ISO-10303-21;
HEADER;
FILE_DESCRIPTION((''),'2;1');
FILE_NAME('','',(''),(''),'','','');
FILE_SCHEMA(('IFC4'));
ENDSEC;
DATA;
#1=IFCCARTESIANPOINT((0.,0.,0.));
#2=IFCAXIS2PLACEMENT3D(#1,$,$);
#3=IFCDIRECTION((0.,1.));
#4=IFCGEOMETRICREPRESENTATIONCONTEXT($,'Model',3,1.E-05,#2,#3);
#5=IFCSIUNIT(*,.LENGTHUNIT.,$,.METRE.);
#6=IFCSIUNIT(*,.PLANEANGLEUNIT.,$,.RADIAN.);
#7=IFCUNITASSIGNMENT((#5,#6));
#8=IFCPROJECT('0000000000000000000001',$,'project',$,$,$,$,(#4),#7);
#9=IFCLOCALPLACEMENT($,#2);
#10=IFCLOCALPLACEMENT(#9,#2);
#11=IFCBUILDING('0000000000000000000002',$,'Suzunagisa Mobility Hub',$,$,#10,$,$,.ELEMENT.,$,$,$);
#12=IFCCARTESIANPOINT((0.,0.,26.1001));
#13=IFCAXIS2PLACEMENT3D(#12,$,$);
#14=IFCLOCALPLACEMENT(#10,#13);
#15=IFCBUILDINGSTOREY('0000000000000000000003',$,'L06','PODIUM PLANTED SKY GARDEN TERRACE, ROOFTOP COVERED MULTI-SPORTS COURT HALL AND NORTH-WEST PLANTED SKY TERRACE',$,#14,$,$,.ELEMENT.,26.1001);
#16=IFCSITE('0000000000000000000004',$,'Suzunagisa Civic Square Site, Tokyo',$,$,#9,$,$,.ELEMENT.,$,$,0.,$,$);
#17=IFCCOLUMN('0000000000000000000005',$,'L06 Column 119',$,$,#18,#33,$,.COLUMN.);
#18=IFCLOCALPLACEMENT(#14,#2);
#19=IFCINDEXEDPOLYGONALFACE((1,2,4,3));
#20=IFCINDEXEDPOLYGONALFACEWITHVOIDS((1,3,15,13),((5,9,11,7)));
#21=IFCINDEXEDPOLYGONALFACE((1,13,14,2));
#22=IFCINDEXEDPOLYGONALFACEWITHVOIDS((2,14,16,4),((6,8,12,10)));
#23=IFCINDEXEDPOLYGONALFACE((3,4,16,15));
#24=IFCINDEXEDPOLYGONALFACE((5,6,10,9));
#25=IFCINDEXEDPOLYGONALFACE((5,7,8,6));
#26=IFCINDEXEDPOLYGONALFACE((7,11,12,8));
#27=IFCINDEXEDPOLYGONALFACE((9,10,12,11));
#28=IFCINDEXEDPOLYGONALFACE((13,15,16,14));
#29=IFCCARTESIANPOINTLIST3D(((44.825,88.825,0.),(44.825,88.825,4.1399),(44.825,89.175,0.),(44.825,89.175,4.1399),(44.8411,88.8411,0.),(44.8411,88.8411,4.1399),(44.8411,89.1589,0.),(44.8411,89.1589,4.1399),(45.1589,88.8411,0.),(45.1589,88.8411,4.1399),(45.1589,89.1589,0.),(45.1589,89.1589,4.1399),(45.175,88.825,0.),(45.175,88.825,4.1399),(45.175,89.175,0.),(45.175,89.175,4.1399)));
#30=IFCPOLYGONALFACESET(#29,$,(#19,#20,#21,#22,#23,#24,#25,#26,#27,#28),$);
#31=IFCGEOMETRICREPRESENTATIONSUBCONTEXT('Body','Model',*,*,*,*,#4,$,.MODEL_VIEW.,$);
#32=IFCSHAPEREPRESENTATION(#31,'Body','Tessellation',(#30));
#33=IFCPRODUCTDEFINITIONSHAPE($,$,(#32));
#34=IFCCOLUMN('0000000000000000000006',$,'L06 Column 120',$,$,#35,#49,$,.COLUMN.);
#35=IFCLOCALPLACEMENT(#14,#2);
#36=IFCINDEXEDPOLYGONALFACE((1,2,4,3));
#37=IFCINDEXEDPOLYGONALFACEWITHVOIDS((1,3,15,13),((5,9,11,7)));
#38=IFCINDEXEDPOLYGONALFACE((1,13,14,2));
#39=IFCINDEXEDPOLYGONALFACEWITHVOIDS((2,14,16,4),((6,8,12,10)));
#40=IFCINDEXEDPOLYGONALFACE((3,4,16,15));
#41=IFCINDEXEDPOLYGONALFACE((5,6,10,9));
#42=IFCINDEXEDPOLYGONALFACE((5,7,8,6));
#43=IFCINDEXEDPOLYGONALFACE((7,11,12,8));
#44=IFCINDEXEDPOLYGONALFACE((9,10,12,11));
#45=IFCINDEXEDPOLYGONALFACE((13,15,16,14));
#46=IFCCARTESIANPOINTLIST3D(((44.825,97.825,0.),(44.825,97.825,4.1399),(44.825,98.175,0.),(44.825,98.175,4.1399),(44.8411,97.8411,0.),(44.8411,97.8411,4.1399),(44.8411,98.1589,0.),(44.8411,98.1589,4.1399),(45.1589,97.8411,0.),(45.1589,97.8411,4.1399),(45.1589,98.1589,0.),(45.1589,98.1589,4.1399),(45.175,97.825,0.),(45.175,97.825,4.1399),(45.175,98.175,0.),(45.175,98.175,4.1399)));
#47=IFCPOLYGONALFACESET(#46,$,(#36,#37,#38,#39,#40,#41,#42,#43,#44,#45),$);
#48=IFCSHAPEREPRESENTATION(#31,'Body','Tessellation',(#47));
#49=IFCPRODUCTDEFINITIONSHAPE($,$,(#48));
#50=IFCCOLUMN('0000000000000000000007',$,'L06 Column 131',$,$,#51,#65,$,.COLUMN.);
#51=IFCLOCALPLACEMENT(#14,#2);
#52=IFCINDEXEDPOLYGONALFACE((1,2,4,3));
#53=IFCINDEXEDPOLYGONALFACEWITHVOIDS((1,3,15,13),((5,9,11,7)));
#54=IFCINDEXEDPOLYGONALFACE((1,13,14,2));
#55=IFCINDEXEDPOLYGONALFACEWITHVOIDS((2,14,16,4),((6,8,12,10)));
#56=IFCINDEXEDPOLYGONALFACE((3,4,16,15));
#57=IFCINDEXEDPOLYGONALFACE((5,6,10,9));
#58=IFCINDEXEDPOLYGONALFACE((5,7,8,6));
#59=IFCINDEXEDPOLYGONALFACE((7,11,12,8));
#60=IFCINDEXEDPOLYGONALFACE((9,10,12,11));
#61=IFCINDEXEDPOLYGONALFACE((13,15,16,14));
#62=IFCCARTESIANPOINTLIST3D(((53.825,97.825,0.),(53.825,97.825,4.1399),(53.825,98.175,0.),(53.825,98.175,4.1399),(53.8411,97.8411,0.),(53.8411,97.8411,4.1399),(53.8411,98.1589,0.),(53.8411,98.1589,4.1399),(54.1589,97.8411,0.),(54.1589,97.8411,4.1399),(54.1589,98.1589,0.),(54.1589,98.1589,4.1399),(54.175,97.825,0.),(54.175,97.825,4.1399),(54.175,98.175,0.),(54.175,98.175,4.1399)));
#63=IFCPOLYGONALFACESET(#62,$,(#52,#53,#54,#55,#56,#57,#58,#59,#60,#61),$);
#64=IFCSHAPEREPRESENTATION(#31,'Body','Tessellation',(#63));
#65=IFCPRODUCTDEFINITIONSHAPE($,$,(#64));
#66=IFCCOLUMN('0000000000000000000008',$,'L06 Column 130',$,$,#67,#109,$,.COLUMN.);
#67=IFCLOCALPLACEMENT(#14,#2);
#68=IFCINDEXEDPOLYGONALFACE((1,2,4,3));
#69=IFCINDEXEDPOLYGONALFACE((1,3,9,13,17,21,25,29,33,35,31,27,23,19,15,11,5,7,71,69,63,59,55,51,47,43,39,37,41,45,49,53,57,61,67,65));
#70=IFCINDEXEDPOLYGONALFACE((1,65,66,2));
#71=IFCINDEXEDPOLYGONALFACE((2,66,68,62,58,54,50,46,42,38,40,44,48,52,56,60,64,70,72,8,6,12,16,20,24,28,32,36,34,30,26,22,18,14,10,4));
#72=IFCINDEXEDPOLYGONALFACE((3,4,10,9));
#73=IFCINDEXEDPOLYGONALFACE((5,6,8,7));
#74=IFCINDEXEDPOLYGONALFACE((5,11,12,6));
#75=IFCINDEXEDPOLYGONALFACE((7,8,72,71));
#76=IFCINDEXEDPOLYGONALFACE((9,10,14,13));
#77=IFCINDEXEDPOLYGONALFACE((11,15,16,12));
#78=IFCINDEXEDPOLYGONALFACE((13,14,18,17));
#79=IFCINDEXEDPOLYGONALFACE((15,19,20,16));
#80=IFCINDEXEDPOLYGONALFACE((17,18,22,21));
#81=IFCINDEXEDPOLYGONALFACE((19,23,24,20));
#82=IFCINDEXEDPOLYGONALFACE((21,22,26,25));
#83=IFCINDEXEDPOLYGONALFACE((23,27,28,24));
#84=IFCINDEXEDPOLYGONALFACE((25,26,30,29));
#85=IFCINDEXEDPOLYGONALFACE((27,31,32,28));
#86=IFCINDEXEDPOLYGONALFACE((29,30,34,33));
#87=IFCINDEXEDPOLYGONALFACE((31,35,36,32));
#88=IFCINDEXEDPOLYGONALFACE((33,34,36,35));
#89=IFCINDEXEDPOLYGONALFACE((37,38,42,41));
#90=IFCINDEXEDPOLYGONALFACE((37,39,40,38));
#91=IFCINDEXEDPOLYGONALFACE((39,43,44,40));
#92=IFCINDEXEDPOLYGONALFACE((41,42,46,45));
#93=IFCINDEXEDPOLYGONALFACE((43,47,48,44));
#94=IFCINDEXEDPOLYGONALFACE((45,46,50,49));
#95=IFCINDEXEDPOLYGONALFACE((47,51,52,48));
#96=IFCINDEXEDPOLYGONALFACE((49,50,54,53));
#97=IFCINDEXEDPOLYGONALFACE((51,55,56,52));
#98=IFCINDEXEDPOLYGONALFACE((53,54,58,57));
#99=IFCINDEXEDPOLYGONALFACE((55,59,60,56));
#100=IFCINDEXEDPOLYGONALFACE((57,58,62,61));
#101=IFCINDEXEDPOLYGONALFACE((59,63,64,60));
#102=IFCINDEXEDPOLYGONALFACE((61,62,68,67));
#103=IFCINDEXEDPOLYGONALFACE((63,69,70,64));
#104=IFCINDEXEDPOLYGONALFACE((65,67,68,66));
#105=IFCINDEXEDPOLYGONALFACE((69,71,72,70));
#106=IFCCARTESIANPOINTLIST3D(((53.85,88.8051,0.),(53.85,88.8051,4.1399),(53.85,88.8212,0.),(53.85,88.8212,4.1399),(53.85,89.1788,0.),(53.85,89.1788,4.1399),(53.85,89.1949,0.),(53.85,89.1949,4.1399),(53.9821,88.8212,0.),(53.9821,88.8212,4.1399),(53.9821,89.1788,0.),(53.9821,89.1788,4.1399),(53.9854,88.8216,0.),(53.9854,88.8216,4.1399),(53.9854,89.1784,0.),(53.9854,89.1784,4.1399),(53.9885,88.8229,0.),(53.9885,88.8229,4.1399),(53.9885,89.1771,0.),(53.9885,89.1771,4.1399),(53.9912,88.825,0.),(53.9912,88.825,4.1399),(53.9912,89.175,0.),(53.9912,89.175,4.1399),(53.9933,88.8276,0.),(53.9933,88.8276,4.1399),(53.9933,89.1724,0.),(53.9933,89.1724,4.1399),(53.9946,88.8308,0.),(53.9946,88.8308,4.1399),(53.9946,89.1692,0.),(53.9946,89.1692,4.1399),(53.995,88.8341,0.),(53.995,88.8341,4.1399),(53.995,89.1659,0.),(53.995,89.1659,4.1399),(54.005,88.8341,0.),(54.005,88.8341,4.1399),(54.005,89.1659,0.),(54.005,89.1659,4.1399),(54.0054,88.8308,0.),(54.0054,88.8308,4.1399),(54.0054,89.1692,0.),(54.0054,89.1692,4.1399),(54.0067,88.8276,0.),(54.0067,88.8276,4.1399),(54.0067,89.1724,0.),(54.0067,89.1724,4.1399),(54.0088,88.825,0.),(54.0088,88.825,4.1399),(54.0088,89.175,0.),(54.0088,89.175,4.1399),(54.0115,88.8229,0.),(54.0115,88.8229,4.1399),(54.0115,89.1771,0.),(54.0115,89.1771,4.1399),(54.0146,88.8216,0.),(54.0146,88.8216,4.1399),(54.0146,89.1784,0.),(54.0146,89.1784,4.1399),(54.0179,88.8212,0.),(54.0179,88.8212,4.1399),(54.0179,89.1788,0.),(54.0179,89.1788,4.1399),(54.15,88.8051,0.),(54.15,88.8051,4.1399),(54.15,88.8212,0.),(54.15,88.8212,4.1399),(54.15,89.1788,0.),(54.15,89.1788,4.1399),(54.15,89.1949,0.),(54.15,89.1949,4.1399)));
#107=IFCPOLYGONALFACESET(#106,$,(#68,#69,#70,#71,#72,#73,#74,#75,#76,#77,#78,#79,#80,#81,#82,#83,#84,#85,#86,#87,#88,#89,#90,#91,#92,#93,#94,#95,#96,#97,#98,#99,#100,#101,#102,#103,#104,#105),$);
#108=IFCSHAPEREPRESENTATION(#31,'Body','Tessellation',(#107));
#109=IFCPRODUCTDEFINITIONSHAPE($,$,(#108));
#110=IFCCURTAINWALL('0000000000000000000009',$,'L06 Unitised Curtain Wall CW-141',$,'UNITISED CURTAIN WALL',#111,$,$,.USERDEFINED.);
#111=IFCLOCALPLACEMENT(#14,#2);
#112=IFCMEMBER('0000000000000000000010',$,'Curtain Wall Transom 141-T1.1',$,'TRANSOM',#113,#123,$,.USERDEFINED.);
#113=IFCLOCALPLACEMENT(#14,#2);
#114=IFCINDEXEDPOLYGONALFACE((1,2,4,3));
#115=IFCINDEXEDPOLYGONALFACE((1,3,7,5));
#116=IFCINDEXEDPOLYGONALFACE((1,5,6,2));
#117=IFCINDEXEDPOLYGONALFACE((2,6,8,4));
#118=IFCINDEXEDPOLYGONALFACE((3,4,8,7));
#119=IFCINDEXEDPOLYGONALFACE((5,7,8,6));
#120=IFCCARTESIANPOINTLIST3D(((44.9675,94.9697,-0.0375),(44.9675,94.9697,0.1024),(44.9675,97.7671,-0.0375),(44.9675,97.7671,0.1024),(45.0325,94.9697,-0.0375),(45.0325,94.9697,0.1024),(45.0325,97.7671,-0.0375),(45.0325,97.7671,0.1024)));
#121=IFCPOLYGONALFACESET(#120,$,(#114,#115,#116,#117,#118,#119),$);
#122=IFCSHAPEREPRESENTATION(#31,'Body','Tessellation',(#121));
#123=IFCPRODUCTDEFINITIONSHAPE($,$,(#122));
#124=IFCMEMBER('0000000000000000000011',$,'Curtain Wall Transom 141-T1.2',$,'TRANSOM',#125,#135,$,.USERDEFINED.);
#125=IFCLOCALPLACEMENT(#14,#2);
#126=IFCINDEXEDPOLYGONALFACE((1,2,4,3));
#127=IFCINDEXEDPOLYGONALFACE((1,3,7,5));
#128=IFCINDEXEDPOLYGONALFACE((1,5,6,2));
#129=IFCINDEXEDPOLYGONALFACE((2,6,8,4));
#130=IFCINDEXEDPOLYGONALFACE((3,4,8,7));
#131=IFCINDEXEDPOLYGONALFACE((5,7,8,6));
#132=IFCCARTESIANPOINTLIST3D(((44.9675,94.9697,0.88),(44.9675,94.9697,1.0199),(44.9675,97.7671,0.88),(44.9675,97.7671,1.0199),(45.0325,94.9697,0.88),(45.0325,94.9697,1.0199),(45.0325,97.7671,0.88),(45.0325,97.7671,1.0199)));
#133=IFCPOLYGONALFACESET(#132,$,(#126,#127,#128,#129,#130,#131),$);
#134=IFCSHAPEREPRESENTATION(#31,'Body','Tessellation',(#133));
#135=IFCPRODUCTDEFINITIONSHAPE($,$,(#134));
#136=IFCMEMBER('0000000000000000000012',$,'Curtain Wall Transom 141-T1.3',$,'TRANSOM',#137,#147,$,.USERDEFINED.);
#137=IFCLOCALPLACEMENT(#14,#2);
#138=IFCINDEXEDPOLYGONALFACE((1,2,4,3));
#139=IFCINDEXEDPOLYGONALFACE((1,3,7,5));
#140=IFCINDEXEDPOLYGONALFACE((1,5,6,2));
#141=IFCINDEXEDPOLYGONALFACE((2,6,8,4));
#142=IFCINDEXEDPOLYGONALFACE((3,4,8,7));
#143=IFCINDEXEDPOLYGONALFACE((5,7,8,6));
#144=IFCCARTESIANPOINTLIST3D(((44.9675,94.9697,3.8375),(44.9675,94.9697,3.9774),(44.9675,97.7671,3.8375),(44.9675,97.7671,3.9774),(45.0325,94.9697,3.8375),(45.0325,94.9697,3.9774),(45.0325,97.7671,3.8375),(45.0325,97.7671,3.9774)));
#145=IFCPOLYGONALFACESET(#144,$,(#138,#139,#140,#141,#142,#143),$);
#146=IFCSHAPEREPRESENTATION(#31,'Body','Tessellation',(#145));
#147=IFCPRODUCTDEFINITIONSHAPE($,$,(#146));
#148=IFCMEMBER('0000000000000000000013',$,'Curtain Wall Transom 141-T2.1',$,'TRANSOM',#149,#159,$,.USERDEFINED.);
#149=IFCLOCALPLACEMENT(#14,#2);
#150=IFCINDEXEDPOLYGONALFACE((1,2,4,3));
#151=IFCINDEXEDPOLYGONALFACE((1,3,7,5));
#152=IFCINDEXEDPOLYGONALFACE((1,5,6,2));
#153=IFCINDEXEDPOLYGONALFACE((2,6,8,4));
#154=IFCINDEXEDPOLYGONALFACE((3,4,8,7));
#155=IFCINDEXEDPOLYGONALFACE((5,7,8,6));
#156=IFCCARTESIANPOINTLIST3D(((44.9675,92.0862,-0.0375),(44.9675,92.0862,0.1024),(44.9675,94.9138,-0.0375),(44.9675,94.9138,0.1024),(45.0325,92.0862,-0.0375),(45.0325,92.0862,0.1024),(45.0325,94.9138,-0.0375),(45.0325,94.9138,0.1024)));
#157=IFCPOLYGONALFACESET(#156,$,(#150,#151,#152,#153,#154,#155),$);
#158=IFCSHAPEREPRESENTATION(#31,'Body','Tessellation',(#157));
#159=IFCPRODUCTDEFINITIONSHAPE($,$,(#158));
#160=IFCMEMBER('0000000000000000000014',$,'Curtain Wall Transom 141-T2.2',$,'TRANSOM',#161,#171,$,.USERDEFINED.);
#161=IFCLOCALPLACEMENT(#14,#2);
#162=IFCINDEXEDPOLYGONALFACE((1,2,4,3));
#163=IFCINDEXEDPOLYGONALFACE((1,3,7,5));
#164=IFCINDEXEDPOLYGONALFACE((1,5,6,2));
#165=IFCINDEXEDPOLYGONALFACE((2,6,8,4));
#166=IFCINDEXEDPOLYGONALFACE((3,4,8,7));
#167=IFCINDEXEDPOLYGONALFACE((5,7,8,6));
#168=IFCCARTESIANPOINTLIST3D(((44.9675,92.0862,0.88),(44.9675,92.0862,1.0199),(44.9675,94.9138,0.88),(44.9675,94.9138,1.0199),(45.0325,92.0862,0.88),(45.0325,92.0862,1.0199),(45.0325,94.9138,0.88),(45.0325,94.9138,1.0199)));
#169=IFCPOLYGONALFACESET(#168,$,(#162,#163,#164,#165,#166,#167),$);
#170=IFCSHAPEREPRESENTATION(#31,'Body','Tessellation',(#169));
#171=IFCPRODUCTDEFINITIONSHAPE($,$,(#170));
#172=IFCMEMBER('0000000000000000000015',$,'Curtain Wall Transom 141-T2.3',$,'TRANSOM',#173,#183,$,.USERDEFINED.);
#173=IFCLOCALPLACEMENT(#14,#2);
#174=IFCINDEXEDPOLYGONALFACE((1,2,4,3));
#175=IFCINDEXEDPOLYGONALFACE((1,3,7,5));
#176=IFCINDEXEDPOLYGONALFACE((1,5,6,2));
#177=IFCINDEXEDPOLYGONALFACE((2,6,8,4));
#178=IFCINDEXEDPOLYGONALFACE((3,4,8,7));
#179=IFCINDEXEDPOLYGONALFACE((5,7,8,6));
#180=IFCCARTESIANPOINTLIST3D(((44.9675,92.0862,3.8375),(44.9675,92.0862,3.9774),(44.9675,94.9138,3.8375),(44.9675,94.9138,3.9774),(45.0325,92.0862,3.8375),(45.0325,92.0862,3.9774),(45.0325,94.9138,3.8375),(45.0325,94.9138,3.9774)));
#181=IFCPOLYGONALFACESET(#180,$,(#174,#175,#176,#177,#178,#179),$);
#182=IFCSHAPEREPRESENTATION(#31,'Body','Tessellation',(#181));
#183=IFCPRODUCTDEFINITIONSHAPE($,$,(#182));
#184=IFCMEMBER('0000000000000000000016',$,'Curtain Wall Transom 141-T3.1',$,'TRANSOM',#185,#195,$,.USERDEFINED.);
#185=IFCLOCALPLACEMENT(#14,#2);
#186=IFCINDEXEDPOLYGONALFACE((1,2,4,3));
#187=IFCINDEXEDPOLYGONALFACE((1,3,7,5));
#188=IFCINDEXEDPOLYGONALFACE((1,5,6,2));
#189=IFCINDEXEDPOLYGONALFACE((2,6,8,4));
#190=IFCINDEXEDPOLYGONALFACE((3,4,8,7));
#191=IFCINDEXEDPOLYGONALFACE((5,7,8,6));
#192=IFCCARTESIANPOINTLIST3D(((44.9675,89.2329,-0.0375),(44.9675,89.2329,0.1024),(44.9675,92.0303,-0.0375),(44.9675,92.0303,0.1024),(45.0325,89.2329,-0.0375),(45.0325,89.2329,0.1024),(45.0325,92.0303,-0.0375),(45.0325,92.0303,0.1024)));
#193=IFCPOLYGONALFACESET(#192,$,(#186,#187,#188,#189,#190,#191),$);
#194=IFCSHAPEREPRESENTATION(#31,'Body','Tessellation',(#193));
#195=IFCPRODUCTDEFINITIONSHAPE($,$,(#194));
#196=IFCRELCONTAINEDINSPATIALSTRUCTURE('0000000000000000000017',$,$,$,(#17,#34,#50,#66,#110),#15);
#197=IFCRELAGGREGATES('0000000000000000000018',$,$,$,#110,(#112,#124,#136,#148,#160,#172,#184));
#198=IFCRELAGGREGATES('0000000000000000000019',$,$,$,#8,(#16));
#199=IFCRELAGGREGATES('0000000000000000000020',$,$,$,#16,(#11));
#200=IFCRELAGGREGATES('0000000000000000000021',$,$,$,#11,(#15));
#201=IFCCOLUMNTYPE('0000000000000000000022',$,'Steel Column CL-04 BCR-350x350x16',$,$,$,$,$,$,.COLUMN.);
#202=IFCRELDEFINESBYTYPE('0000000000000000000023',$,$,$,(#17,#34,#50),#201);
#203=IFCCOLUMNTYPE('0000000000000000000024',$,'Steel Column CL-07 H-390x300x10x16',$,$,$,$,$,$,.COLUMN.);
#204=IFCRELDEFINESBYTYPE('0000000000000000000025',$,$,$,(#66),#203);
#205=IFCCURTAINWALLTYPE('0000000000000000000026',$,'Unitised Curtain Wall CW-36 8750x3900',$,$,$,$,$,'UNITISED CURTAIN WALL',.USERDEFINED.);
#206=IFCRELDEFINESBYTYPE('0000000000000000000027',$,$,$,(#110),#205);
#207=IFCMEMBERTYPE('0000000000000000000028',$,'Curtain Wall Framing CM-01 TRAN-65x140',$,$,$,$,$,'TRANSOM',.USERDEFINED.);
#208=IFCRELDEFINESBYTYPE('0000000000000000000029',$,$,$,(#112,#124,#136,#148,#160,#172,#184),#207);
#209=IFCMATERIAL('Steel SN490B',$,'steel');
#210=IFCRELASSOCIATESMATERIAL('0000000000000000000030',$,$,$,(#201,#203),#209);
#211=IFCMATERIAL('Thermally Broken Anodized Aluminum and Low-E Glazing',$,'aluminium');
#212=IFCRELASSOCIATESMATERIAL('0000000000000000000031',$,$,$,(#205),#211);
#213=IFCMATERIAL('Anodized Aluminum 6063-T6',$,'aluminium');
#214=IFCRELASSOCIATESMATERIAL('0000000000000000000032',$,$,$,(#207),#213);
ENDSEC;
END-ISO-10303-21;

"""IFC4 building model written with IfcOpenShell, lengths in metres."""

from ifc_helpers import new_model, si_unit, direction, frame, origin, origin_2d, place, context, subcontext, project, spatial, rectangle, hollow_rectangle, i_section, extrude, material, material_profile, profile_set, type_object, element, aggregate, save


model = new_model("IFC4")

# Units and contexts
model_context = context("Model", 3, precision=1e-05, world=origin(), true_north=direction((0.0, 1.0)))
body_context = subcontext(model_context, "Body", "Model", "MODEL_VIEW")
ifc_project = project(units=[si_unit("LENGTHUNIT", "METRE"), si_unit("PLANEANGLEUNIT", "RADIAN")], contexts=[model_context])

# Site, building, storey
site_placement = place(None, origin())
site = spatial("IfcSite", under=ifc_project, at=site_placement, Name="Suzunagisa Civic Square Site, Tokyo", CompositionType="ELEMENT", RefElevation=0.0)
building_placement = place(site_placement, origin())
building = spatial("IfcBuilding", under=site, at=building_placement, Name="Suzunagisa Mobility Hub", CompositionType="ELEMENT")
storey_placement = place(building_placement, frame((0.0, 0.0, 26.1001)))
storey = spatial("IfcBuildingStorey", under=building, at=storey_placement, Name="L06", Description="PODIUM PLANTED SKY GARDEN TERRACE, ROOFTOP COVERED MULTI-SPORTS COURT HALL AND NORTH-WEST PLANTED SKY TERRACE", CompositionType="ELEMENT", Elevation=26.1001)

# Columns
ifc_material_1 = material(Name="Steel SN490B", Category="steel")
ifc_material_profile_1 = material_profile(ifc_material_1, hollow_rectangle(XDim=0.3501, YDim=0.3501, WallThickness=0.0161, at=origin_2d()), Name="BCR-350x350x16")
ifc_profile_set_1 = profile_set([ifc_material_profile_1], Name="Steel SN490B")
column_type_1 = type_object("IfcColumnType", Name="Steel Column CL-04 BCR-350x350x16", PredefinedType="COLUMN", material=ifc_profile_set_1)
for number, where, z_axis, x_axis, name in (
    (1, (45.0, 89.0, 0.0), (0.0, 0.0, 1.0), (1.0, 0.0, 0.0), "L06 Column 119"),
    (2, (45.0, 98.0, 0.0), (0.0, 0.0, 1.0), (1.0, 0.0, 0.0), "L06 Column 120"),
    (3, (54.0, 98.0, 0.0), (0.0, 0.0, 1.0), (1.0, 0.0, 0.0), "L06 Column 131"),
):
    element("IfcColumn", number, at=place(storey_placement, frame(where, z_axis=z_axis, x_axis=x_axis)), inside=storey, type_object=column_type_1, Name=name, PredefinedType="COLUMN", context=body_context, shape_type="SweptSolid", body=[
        extrude(hollow_rectangle(XDim=0.3501, YDim=0.3501, WallThickness=0.0161, at=origin_2d()), origin(), (0.0, 0.0, 1.0), 4.1399),
    ])
ifc_material_profile_2 = material_profile(ifc_material_1, i_section(OverallWidth=0.3, OverallDepth=0.3899, WebThickness=0.01, FlangeThickness=0.0161, FilletRadius=0.0129, at=origin_2d()), Name="H-390x300x10x16")
ifc_profile_set_2 = profile_set([ifc_material_profile_2], Name="Steel SN490B")
column_type_2 = type_object("IfcColumnType", Name="Steel Column CL-07 H-390x300x10x16", PredefinedType="COLUMN", material=ifc_profile_set_2)
column_placement = place(storey_placement, frame((54.0, 89.0, 0.0), z_axis=(0.0, 0.0, 1.0), x_axis=(1.0, 0.0, 0.0)))
element("IfcColumn", 4, at=column_placement, inside=storey, type_object=column_type_2, Name="L06 Column 130", PredefinedType="COLUMN", context=body_context, shape_type="SweptSolid", body=[
    extrude(i_section(OverallWidth=0.3, OverallDepth=0.3899, WebThickness=0.01, FlangeThickness=0.0161, FilletRadius=0.0129, at=origin_2d()), origin(), (0.0, 0.0, 1.0), 4.1399),
])

# Curtain wall, members
ifc_material_2 = material(Name="Thermally Broken Anodized Aluminum and Low-E Glazing", Category="aluminium")
curtain_wall_type = type_object("IfcCurtainWallType", Name="Unitised Curtain Wall CW-36 8750x3900", ElementType="UNITISED CURTAIN WALL", PredefinedType="USERDEFINED", material=ifc_material_2)
curtain_wall_placement = place(storey_placement, origin())
curtain_wall = element("IfcCurtainWall", 5, at=curtain_wall_placement, inside=storey, type_object=curtain_wall_type, Name="L06 Unitised Curtain Wall CW-141", ObjectType="UNITISED CURTAIN WALL", PredefinedType="USERDEFINED")
ifc_material_3 = material(Name="Anodized Aluminum 6063-T6", Category="aluminium")
ifc_material_profile_3 = material_profile(ifc_material_3, rectangle(XDim=0.0649, YDim=0.1399, at=origin_2d()), Name="TRAN-65x140")
ifc_profile_set_3 = profile_set([ifc_material_profile_3], Name="Anodized Aluminum 6063-T6")
member_type_1 = type_object("IfcMemberType", Name="Curtain Wall Framing CM-01 TRAN-65x140", ElementType="TRANSOM", PredefinedType="USERDEFINED", material=ifc_profile_set_3)
member_1_placement = place(storey_placement, frame((45.0, 97.7671, 0.0325), z_axis=(0.0, -1.0, 0.0), x_axis=(1.0, 0.0, 0.0)))
member_1 = element("IfcMember", 6, at=member_1_placement, type_object=member_type_1, Name="Curtain Wall Transom 141-T1.1", ObjectType="TRANSOM", PredefinedType="USERDEFINED", context=body_context, shape_type="SweptSolid", body=[
    extrude(rectangle(XDim=0.0649, YDim=0.1399, at=origin_2d()), origin(), (0.0, 0.0, 1.0), 2.7974),
])
member_2_placement = place(storey_placement, frame((45.0, 97.7671, 0.95), z_axis=(0.0, -1.0, 0.0), x_axis=(1.0, 0.0, 0.0)))
member_2 = element("IfcMember", 7, at=member_2_placement, type_object=member_type_1, Name="Curtain Wall Transom 141-T1.2", ObjectType="TRANSOM", PredefinedType="USERDEFINED", context=body_context, shape_type="SweptSolid", body=[
    extrude(rectangle(XDim=0.0649, YDim=0.1399, at=origin_2d()), origin(), (0.0, 0.0, 1.0), 2.7974),
])
member_3_placement = place(storey_placement, frame((45.0, 97.7671, 3.9075), z_axis=(0.0, -1.0, 0.0), x_axis=(1.0, 0.0, 0.0)))
member_3 = element("IfcMember", 8, at=member_3_placement, type_object=member_type_1, Name="Curtain Wall Transom 141-T1.3", ObjectType="TRANSOM", PredefinedType="USERDEFINED", context=body_context, shape_type="SweptSolid", body=[
    extrude(rectangle(XDim=0.0649, YDim=0.1399, at=origin_2d()), origin(), (0.0, 0.0, 1.0), 2.7974),
])
member_4_placement = place(storey_placement, frame((45.0, 94.9138, 0.0325), z_axis=(0.0, -1.0, 0.0), x_axis=(1.0, 0.0, 0.0)))
member_4 = element("IfcMember", 9, at=member_4_placement, type_object=member_type_1, Name="Curtain Wall Transom 141-T2.1", ObjectType="TRANSOM", PredefinedType="USERDEFINED", context=body_context, shape_type="SweptSolid", body=[
    extrude(rectangle(XDim=0.0649, YDim=0.1399, at=origin_2d()), origin(), (0.0, 0.0, 1.0), 2.8276),
])
member_5_placement = place(storey_placement, frame((45.0, 94.9138, 0.95), z_axis=(0.0, -1.0, 0.0), x_axis=(1.0, 0.0, 0.0)))
member_5 = element("IfcMember", 10, at=member_5_placement, type_object=member_type_1, Name="Curtain Wall Transom 141-T2.2", ObjectType="TRANSOM", PredefinedType="USERDEFINED", context=body_context, shape_type="SweptSolid", body=[
    extrude(rectangle(XDim=0.0649, YDim=0.1399, at=origin_2d()), origin(), (0.0, 0.0, 1.0), 2.8276),
])
member_6_placement = place(storey_placement, frame((45.0, 94.9138, 3.9075), z_axis=(0.0, -1.0, 0.0), x_axis=(1.0, 0.0, 0.0)))
member_6 = element("IfcMember", 11, at=member_6_placement, type_object=member_type_1, Name="Curtain Wall Transom 141-T2.3", ObjectType="TRANSOM", PredefinedType="USERDEFINED", context=body_context, shape_type="SweptSolid", body=[
    extrude(rectangle(XDim=0.0649, YDim=0.1399, at=origin_2d()), origin(), (0.0, 0.0, 1.0), 2.8276),
])
member_7_placement = place(storey_placement, frame((45.0, 92.0303, 0.0325), z_axis=(0.0, -1.0, 0.0), x_axis=(1.0, 0.0, 0.0)))
member_7 = element("IfcMember", 12, at=member_7_placement, type_object=member_type_1, Name="Curtain Wall Transom 141-T3.1", ObjectType="TRANSOM", PredefinedType="USERDEFINED", context=body_context, shape_type="SweptSolid", body=[
    extrude(rectangle(XDim=0.0649, YDim=0.1399, at=origin_2d()), origin(), (0.0, 0.0, 1.0), 2.7974),
])
aggregate(curtain_wall, [member_1, member_2, member_3, member_4, member_5, member_6, member_7])

save(model, "model.ifc")
